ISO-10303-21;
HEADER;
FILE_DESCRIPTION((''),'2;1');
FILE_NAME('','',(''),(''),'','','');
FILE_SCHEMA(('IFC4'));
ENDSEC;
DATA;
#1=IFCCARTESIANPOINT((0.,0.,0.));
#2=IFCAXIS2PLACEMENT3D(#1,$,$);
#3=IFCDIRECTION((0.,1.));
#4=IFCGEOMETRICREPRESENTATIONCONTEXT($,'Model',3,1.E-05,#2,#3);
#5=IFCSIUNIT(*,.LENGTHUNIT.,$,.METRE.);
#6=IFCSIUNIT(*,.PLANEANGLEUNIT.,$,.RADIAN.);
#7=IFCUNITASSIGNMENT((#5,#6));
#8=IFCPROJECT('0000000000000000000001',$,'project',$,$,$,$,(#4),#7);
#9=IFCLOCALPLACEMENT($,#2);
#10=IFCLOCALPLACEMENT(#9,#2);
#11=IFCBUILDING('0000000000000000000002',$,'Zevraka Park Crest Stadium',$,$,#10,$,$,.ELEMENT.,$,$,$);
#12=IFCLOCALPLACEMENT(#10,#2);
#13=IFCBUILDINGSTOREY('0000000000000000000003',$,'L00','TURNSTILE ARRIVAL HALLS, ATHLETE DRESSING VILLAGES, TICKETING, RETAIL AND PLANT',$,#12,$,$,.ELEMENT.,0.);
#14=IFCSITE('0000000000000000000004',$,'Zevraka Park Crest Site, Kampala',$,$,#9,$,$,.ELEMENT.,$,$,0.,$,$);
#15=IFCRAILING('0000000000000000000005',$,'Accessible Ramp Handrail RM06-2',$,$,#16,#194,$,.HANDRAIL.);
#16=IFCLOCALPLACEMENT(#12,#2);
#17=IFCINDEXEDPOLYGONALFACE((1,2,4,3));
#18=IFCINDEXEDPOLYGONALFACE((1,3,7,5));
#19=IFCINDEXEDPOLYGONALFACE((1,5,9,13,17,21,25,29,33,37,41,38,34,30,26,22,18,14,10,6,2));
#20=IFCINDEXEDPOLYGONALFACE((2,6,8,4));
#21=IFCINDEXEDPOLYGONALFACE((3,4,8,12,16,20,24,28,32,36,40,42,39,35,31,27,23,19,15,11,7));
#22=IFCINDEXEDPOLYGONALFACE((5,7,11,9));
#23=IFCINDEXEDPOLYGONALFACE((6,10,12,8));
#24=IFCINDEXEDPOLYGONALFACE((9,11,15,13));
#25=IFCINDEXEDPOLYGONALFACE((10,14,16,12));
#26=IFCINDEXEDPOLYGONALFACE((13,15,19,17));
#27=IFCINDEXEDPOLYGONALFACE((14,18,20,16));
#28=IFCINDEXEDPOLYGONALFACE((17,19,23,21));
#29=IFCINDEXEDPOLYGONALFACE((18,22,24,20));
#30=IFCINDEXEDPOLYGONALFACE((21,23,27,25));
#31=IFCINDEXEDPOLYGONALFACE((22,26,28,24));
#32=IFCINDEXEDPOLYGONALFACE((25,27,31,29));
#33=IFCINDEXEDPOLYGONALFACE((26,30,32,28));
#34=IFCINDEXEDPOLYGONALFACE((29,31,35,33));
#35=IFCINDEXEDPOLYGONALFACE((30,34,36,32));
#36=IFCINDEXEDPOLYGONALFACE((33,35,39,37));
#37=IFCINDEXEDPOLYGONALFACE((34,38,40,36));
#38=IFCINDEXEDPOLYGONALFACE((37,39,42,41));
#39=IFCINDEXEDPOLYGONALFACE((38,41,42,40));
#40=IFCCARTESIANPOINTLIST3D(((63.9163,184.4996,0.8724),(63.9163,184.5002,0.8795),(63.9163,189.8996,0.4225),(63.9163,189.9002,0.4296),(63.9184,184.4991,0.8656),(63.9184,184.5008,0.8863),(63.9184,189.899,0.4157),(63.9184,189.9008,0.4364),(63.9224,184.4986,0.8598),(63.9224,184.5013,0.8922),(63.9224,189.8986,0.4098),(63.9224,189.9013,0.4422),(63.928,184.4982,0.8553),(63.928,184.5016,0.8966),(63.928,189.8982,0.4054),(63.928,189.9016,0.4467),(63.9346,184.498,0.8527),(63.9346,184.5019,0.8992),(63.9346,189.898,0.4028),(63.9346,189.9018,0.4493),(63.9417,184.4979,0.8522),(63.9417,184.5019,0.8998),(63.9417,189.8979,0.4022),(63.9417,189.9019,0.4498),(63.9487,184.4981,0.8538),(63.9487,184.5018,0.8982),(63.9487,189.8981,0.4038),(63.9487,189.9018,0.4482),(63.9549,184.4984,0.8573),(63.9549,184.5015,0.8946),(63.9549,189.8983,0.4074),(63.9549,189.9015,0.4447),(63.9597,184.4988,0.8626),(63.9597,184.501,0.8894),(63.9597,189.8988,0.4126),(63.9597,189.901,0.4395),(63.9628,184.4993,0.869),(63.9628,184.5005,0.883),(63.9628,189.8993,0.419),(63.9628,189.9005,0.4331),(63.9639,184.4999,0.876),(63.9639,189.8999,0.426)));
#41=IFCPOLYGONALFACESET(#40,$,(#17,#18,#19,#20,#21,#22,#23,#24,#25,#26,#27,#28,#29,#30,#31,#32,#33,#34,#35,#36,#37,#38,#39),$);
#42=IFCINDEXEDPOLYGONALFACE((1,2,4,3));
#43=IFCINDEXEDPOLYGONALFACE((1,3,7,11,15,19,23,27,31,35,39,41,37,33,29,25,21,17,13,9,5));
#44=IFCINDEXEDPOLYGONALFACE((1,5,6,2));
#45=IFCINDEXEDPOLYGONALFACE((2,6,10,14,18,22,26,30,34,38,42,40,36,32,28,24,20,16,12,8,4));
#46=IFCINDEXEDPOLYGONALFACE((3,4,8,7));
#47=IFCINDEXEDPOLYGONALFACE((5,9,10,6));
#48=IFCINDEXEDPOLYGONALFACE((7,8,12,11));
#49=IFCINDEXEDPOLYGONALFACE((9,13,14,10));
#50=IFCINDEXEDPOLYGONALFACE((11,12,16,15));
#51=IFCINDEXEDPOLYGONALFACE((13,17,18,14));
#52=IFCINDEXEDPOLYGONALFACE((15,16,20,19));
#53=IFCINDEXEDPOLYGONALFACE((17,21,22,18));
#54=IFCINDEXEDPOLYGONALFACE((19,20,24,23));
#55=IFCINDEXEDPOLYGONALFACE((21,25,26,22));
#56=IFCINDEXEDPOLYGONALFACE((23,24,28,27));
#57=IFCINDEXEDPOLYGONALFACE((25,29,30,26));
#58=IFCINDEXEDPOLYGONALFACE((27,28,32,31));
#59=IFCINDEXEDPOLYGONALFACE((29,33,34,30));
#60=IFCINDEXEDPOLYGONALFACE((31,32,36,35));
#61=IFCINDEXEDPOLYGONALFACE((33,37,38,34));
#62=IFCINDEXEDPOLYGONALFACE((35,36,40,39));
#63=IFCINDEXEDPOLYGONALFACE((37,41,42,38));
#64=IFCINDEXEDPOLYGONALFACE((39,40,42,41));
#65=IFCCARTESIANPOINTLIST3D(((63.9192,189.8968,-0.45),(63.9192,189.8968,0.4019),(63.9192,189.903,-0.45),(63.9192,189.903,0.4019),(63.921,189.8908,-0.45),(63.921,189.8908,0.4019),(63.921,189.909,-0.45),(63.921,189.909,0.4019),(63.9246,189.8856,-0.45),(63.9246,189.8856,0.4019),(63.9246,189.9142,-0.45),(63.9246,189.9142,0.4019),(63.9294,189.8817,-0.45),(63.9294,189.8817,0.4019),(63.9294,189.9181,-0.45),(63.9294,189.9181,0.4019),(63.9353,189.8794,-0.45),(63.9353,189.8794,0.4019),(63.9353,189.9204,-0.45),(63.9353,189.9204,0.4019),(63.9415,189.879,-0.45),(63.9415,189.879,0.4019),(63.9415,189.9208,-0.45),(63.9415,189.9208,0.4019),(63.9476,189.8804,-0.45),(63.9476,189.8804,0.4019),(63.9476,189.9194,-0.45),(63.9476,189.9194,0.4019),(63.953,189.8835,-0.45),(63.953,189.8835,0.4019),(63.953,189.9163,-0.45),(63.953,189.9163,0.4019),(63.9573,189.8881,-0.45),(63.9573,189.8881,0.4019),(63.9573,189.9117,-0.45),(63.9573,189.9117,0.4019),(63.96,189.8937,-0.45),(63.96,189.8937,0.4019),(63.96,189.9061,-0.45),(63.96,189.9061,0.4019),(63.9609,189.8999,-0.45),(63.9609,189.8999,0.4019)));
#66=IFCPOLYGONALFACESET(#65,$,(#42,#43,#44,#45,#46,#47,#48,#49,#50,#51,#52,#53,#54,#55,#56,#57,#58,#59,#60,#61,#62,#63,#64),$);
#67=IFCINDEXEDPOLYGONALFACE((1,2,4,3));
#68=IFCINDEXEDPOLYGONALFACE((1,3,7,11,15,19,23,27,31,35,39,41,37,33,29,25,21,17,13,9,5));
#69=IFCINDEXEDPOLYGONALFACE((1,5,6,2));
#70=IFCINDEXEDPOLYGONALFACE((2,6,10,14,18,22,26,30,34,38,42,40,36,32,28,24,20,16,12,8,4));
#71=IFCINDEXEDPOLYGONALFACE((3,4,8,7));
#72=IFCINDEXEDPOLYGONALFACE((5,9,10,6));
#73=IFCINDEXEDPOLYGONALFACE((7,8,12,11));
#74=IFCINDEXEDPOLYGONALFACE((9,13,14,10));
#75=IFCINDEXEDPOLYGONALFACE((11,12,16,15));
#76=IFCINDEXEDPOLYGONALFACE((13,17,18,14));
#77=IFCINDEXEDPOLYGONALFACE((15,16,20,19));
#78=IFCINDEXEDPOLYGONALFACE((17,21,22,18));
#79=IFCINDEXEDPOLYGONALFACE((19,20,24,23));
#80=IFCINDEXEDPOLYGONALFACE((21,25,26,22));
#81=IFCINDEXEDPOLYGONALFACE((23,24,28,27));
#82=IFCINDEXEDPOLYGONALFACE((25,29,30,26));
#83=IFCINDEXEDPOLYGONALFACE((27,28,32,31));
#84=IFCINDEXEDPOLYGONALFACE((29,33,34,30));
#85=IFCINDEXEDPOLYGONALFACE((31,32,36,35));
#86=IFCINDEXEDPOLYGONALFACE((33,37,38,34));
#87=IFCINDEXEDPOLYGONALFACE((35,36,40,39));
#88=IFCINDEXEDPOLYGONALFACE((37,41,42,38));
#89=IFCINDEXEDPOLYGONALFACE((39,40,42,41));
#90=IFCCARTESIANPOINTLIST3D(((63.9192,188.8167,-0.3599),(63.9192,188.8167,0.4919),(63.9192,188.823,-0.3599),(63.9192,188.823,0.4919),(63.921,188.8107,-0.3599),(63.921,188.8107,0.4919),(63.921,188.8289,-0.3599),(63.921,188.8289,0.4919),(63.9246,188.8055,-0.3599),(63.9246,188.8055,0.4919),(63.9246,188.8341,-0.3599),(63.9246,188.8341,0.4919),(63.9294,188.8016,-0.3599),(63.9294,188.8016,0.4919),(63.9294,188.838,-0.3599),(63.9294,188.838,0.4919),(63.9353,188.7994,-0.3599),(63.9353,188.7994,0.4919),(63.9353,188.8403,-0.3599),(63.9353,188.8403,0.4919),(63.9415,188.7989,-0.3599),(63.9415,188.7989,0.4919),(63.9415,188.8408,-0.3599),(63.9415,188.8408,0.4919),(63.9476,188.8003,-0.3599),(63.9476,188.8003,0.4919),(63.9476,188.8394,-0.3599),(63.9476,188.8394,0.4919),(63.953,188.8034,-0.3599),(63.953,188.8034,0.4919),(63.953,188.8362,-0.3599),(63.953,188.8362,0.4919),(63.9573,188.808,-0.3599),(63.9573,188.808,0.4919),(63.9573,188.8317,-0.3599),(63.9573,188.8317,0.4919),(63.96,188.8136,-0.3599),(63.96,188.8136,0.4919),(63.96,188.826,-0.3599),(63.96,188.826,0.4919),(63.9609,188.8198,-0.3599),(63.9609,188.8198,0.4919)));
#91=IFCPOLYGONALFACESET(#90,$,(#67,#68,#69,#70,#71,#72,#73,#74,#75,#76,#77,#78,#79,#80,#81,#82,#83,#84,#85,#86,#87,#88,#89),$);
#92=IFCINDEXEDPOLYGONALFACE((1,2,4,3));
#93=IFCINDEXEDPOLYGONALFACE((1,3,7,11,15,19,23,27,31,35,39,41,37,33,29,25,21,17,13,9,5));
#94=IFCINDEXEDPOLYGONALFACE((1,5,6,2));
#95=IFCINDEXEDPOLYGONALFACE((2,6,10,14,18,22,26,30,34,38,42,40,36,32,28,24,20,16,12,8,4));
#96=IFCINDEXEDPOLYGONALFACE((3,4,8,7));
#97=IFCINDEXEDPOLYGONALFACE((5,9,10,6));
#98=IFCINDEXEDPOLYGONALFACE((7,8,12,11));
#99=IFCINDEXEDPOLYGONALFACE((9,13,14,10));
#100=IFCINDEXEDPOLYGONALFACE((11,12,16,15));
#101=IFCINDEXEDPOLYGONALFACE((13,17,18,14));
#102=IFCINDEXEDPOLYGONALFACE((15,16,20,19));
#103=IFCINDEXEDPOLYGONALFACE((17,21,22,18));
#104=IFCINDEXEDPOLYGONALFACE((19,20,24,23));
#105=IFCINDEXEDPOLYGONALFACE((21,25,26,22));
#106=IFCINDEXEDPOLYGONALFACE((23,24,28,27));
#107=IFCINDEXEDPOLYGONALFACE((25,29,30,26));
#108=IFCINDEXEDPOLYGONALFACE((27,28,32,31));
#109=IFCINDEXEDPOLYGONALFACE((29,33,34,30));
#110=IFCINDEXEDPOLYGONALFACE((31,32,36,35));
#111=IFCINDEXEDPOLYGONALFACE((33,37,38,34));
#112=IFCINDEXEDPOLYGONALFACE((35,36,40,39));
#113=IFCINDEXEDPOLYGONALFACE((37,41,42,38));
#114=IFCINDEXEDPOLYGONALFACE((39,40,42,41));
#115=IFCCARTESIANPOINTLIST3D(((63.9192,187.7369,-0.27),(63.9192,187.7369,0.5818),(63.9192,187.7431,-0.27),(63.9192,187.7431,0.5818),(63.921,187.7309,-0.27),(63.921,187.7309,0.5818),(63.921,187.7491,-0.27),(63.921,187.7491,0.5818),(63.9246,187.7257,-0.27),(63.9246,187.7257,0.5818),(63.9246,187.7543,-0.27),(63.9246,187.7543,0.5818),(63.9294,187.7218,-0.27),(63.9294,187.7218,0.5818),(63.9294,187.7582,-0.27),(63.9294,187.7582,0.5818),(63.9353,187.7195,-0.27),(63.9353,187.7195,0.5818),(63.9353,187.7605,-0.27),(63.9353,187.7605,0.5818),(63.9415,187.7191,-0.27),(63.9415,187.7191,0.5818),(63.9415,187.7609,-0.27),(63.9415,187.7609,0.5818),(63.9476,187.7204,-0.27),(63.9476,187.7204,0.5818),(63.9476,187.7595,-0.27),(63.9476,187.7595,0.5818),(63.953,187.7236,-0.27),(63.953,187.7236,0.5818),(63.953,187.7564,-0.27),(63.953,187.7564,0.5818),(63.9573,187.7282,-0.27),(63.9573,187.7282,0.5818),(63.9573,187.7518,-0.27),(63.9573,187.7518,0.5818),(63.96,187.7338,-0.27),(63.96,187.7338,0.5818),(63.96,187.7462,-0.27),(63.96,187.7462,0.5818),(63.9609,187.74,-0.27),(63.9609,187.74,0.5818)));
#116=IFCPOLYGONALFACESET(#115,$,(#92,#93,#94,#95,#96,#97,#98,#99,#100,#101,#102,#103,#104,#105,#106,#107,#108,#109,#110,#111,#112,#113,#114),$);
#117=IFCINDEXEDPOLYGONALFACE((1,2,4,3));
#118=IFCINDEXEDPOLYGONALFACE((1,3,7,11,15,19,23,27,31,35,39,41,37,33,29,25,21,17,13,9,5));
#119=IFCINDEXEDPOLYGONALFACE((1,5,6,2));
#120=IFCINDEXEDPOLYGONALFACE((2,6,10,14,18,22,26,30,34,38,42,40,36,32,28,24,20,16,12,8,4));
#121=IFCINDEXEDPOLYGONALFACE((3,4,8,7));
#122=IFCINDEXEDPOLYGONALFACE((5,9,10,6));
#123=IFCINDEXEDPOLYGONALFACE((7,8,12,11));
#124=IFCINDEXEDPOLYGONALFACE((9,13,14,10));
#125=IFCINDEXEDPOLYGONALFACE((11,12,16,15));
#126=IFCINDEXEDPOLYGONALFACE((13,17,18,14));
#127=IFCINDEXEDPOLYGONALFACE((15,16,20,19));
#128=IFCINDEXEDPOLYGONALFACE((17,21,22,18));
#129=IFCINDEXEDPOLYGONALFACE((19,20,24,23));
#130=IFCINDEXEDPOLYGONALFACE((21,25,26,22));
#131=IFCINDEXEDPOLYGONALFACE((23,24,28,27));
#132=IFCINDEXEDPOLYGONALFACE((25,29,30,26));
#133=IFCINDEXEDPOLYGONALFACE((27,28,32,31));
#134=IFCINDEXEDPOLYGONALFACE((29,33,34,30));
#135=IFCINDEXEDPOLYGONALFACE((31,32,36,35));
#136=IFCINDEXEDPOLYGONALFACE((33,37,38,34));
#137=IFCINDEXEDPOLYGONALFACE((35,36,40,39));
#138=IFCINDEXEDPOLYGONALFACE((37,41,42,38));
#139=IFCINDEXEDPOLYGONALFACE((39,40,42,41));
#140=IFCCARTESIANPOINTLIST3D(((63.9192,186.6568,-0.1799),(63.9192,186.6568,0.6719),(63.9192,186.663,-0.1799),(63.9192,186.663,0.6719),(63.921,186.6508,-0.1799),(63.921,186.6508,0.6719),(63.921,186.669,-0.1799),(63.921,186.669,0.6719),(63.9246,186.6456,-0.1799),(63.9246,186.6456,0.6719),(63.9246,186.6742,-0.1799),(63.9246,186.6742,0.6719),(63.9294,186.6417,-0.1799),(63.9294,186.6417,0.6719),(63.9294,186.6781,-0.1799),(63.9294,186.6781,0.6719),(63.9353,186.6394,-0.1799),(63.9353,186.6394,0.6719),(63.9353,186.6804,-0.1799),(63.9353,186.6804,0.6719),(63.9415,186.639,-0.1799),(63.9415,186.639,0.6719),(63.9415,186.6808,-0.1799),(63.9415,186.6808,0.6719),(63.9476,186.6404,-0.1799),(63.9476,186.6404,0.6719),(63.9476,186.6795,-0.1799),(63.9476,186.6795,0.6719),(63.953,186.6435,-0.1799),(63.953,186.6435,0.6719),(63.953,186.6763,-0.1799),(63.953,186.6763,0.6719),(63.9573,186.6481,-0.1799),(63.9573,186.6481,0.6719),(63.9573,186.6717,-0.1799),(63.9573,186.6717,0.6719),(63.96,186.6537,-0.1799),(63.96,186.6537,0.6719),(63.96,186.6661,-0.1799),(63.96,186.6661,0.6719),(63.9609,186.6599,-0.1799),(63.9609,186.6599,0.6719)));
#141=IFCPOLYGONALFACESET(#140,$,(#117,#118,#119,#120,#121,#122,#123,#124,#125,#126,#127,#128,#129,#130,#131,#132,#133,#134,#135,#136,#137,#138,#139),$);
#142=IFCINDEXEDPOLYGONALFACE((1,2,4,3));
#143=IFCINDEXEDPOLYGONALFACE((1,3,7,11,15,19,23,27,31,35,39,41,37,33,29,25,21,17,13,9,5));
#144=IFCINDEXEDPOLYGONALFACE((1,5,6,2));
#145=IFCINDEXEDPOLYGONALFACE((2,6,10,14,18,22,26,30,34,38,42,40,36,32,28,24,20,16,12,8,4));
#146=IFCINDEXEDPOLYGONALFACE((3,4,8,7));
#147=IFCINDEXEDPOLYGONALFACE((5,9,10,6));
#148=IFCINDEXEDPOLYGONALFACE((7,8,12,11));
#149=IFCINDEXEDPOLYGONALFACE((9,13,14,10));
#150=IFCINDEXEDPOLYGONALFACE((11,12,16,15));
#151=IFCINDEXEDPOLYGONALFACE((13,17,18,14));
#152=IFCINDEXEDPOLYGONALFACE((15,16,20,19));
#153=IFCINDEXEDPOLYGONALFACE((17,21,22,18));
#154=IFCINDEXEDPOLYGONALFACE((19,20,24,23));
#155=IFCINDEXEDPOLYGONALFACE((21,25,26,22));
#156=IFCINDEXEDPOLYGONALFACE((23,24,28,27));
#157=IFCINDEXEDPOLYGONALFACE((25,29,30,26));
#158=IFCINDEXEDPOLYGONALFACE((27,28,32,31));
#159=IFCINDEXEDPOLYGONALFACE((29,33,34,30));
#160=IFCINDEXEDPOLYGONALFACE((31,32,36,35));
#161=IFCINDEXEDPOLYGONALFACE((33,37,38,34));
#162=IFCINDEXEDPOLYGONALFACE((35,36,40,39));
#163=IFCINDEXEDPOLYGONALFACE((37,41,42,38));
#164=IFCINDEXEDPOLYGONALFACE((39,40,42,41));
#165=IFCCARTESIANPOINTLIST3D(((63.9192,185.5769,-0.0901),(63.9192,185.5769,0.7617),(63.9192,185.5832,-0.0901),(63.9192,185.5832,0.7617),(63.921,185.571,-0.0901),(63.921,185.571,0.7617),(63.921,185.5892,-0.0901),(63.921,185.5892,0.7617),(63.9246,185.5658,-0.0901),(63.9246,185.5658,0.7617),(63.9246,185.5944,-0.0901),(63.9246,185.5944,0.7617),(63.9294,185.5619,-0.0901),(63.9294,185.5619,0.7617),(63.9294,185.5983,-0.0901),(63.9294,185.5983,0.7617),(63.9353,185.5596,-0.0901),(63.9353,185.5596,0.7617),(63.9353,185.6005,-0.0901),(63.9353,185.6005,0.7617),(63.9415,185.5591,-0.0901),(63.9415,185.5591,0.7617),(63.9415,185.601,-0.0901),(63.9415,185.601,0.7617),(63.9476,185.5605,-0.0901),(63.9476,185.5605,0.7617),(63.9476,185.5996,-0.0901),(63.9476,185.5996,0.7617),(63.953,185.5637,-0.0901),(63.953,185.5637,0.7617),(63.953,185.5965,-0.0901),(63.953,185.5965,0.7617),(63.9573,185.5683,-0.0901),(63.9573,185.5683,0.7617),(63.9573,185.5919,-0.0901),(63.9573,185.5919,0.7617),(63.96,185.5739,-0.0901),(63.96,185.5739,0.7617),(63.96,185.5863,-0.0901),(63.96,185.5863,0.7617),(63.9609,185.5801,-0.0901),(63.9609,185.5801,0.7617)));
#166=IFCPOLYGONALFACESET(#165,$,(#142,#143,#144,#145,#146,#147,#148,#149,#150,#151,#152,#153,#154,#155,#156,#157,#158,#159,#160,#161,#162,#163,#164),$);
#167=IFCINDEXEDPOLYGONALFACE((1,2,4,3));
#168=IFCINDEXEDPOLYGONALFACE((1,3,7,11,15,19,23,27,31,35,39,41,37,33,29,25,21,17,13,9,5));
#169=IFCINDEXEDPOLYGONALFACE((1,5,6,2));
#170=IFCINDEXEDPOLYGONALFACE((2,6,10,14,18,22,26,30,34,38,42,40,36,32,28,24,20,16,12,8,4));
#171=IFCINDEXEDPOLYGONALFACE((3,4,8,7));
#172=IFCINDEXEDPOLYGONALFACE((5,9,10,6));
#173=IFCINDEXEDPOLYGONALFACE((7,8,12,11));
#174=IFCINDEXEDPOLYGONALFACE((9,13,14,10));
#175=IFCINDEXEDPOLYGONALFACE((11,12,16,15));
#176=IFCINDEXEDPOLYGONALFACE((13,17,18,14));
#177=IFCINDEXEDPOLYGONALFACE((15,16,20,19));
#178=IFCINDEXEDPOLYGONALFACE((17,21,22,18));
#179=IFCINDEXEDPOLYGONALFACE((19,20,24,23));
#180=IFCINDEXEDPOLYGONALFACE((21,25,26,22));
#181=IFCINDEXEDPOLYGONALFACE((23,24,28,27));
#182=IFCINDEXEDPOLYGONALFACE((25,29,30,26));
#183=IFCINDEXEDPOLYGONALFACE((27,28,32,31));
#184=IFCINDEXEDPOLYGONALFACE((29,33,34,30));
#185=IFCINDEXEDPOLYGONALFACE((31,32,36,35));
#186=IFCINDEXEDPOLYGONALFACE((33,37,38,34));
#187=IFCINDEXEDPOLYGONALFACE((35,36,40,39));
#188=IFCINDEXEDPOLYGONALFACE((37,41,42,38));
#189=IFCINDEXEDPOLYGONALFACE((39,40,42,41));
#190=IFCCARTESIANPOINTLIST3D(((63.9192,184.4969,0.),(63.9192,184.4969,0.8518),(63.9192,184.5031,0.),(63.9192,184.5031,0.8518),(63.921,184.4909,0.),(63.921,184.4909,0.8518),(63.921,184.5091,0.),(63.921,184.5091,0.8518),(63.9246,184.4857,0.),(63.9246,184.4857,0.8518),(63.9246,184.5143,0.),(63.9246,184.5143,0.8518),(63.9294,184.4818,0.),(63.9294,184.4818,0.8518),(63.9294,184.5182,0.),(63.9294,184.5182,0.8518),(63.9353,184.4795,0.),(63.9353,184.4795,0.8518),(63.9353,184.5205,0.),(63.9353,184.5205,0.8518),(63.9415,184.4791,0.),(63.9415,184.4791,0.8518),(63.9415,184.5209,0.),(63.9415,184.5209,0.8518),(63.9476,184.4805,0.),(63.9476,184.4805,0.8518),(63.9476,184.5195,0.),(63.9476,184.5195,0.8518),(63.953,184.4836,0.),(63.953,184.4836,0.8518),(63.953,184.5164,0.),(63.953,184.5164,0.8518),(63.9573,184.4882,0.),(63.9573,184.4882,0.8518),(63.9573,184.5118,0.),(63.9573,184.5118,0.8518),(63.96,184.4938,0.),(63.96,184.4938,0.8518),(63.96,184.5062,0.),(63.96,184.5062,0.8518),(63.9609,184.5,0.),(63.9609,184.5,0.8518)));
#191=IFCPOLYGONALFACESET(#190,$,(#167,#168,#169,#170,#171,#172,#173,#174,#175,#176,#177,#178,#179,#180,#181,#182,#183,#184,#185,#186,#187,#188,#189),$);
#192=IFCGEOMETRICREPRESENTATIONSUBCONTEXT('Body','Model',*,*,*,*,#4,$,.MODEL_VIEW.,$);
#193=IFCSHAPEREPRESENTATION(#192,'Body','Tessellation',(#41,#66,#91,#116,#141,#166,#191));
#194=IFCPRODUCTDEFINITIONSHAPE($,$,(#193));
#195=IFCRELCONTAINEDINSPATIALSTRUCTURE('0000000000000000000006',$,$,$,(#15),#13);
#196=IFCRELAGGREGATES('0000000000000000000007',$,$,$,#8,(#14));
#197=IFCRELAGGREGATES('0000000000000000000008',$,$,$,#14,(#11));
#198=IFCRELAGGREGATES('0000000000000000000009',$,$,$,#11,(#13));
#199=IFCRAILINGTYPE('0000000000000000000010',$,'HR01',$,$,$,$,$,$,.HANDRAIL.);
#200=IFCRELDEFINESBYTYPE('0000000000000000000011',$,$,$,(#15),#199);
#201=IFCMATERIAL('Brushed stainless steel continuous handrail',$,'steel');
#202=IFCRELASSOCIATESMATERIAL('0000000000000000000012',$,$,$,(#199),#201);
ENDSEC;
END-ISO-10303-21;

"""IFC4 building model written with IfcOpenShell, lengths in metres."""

from ifc_helpers import new_model, si_unit, direction, frame, origin, origin_2d, place, context, subcontext, project, spatial, circle, extrude, material, type_object, element, save


model = new_model("IFC4")

# Units and contexts
model_context = context("Model", 3, precision=1e-05, world=origin(), true_north=direction((0.0, 1.0)))
body_context = subcontext(model_context, "Body", "Model", "MODEL_VIEW")
ifc_project = project(units=[si_unit("LENGTHUNIT", "METRE"), si_unit("PLANEANGLEUNIT", "RADIAN")], contexts=[model_context])

# Site, building, storey
site_placement = place(None, origin())
site = spatial("IfcSite", under=ifc_project, at=site_placement, Name="Zevraka Park Crest Site, Kampala", CompositionType="ELEMENT", RefElevation=0.0)
building_placement = place(site_placement, origin())
building = spatial("IfcBuilding", under=site, at=building_placement, Name="Zevraka Park Crest Stadium", CompositionType="ELEMENT")
storey_placement = place(building_placement, origin())
storey = spatial("IfcBuildingStorey", under=building, at=storey_placement, Name="L00", Description="TURNSTILE ARRIVAL HALLS, ATHLETE DRESSING VILLAGES, TICKETING, RETAIL AND PLANT", CompositionType="ELEMENT", Elevation=0.0)

# Railing
ifc_material_1 = material(Name="Brushed stainless steel continuous handrail", Category="steel")
railing_type = type_object("IfcRailingType", Name="HR01", PredefinedType="HANDRAIL", material=ifc_material_1)
railing_placement = place(storey_placement, frame((63.9399, 189.8999, -0.45)))
element("IfcRailing", 1, at=railing_placement, inside=storey, type_object=railing_type, Name="Accessible Ramp Handrail RM06-2", PredefinedType="HANDRAIL", context=body_context, shape_type="SweptSolid", body=[
    extrude(circle(Radius=0.0239, at=origin_2d()), frame((0.0, 0.0, 0.876), z_axis=(0.0, -0.996546, 0.083038), x_axis=(1.0, 0.0, 0.0)), (0.0, 0.0, 1.0), 5.4187),
    extrude(circle(Radius=0.021, at=origin_2d()), origin(), (0.0, 0.0, 1.0), 0.8518),
    extrude(circle(Radius=0.021, at=origin_2d()), frame((0.0, -1.0801, 0.0901)), (0.0, 0.0, 1.0), 0.8518),
    extrude(circle(Radius=0.021, at=origin_2d()), frame((0.0, -2.1599, 0.1799)), (0.0, 0.0, 1.0), 0.8518),
    extrude(circle(Radius=0.021, at=origin_2d()), frame((0.0, -3.24, 0.27)), (0.0, 0.0, 1.0), 0.8518),
    extrude(circle(Radius=0.021, at=origin_2d()), frame((0.0, -4.3198, 0.3599)), (0.0, 0.0, 1.0), 0.8518),
    extrude(circle(Radius=0.021, at=origin_2d()), frame((0.0, -5.3999, 0.45)), (0.0, 0.0, 1.0), 0.8518),
])

save(model, "model.ifc")
